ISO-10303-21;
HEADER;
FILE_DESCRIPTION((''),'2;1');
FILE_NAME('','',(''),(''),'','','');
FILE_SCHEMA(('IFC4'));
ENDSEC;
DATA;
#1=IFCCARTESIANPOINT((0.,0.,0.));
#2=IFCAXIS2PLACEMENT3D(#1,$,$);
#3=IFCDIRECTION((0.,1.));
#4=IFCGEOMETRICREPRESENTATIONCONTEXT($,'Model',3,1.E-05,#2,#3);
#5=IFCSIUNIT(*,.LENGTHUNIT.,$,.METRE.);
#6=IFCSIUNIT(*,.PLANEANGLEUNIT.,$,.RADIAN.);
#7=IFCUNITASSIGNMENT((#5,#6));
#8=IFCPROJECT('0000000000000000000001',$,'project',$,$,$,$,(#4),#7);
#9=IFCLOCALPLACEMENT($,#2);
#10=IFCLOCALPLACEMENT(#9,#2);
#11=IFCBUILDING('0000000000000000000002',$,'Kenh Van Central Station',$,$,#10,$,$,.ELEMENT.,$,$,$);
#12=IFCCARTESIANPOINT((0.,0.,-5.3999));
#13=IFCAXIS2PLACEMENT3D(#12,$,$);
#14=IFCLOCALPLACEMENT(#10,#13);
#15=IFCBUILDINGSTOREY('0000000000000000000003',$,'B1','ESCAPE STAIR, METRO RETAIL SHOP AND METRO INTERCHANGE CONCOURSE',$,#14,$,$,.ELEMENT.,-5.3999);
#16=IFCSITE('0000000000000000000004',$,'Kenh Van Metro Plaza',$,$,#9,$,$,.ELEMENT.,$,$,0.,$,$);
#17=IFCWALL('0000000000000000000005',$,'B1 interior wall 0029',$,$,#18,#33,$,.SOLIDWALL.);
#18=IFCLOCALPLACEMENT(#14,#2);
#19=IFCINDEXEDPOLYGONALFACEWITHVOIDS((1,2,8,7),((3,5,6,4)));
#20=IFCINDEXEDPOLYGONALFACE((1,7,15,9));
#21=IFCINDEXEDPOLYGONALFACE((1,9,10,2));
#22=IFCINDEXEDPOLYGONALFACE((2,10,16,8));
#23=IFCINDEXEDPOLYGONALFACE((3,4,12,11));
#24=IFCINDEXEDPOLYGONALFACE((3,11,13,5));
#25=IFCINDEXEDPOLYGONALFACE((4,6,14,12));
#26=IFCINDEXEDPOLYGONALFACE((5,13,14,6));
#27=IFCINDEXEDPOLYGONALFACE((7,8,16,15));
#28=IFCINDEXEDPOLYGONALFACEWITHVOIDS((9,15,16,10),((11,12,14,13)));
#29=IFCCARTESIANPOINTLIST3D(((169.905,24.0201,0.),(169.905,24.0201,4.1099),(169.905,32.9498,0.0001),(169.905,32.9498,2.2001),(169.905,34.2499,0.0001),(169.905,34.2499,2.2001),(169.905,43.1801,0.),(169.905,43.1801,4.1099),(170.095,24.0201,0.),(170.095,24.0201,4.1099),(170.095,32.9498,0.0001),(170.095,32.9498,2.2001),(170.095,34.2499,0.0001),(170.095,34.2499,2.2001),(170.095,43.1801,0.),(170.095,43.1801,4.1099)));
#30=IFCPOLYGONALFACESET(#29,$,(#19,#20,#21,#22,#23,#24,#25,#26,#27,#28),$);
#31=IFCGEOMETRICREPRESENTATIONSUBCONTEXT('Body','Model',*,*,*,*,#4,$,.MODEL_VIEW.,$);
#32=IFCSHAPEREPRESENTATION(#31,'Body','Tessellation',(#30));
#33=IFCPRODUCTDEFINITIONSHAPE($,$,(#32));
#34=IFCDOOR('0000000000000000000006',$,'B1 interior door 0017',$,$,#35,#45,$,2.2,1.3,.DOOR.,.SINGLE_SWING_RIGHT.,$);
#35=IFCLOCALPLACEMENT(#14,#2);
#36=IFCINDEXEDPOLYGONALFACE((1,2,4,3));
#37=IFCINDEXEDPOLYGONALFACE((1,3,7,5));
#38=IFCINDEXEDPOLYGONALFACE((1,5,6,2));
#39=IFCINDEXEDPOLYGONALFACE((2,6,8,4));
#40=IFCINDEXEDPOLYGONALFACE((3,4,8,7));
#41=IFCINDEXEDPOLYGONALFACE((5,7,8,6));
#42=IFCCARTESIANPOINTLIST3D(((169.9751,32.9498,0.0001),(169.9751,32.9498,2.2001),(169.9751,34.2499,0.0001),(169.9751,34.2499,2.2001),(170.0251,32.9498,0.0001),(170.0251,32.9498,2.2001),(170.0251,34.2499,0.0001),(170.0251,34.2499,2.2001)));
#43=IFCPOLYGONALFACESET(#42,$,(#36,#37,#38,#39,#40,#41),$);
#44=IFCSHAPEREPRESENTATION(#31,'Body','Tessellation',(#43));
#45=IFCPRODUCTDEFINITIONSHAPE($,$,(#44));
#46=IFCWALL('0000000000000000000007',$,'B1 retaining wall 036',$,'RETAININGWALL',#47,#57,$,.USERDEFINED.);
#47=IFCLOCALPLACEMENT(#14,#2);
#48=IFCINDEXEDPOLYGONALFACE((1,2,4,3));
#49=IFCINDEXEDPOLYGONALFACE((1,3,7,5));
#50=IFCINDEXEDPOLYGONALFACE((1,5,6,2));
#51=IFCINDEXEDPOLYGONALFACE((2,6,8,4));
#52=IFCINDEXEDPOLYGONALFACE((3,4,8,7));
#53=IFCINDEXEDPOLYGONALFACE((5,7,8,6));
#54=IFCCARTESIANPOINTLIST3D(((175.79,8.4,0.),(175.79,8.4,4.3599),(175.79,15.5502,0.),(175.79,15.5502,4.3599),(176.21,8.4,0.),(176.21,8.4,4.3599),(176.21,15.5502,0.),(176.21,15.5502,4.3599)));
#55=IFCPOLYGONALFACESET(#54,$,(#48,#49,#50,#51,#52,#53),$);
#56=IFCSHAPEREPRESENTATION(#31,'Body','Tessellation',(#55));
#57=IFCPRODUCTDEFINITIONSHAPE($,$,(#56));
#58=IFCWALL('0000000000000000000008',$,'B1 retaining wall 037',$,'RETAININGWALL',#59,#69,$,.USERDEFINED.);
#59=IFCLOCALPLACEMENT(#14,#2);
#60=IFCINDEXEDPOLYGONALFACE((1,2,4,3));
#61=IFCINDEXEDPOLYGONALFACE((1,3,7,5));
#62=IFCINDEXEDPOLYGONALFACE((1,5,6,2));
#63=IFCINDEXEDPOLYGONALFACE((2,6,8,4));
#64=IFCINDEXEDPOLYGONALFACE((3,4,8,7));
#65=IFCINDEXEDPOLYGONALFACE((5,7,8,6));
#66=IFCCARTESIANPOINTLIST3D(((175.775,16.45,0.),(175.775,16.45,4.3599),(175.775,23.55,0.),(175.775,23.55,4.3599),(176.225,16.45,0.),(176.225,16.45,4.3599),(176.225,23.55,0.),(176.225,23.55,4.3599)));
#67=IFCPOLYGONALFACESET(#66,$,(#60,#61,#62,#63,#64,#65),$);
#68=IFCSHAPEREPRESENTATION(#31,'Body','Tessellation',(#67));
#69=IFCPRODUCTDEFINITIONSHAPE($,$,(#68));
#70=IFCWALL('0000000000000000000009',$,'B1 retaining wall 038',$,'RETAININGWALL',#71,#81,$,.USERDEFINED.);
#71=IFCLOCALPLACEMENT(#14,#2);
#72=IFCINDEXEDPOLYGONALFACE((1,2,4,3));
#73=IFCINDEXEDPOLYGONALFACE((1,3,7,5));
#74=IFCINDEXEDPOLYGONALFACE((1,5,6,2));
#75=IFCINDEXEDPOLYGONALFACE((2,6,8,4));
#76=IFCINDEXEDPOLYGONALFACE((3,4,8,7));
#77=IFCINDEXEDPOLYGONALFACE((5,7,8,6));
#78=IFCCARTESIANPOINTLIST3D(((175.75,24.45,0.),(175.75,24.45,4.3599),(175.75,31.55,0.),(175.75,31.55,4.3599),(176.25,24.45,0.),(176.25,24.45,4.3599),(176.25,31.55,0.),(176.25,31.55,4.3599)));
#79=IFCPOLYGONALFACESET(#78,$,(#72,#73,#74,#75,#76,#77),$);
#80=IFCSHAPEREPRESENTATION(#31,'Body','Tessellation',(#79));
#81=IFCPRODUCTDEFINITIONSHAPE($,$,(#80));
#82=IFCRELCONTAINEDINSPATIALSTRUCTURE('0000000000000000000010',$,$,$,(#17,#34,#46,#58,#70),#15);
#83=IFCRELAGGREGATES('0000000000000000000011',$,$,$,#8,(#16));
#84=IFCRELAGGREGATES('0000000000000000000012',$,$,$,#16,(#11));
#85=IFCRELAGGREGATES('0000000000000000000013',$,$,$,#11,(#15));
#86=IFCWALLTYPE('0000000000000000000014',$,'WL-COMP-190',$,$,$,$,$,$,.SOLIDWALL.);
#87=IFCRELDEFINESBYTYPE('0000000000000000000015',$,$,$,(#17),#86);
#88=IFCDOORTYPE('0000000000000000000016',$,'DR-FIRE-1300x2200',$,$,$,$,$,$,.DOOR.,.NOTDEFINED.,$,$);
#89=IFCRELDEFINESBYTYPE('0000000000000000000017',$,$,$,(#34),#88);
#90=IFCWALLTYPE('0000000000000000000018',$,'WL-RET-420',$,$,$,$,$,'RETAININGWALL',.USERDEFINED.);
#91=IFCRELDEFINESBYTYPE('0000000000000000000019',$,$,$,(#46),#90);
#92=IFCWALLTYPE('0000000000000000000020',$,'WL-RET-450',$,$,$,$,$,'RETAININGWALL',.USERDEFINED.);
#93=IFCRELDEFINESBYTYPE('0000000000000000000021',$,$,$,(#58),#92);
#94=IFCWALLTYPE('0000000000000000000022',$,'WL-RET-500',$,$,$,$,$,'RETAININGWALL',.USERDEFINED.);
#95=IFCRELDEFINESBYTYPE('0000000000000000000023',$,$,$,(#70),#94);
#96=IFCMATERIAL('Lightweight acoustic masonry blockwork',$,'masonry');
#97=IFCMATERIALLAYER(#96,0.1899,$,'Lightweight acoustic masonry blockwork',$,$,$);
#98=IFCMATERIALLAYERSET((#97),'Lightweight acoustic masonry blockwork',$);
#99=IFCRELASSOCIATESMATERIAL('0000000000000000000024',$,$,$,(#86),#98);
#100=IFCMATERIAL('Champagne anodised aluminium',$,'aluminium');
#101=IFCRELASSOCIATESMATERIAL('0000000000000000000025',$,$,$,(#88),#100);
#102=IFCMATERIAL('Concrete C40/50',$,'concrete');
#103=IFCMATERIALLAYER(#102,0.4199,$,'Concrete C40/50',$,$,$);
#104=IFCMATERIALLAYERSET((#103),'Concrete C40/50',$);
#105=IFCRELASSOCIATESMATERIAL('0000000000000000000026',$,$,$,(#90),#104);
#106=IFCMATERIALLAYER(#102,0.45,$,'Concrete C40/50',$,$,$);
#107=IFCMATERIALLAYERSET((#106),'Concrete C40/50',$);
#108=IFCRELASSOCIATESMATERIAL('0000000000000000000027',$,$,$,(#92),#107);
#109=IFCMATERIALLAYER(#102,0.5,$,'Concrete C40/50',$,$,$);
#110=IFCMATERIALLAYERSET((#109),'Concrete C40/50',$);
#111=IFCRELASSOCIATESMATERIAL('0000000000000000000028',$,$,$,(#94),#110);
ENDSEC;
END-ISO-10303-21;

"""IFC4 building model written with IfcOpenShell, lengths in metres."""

from ifc_helpers import new_model, si_unit, direction, frame, frame_2d, origin, place, context, subcontext, project, spatial, rectangle, extrude, material, layer, layer_set, type_object, element, fill, save


model = new_model("IFC4")

# Units and contexts
model_context = context("Model", 3, precision=1e-05, world=origin(), true_north=direction((0.0, 1.0)))
body_context = subcontext(model_context, "Body", "Model", "MODEL_VIEW")
ifc_project = project(units=[si_unit("LENGTHUNIT", "METRE"), si_unit("PLANEANGLEUNIT", "RADIAN")], contexts=[model_context])

# Site, building, storey
site_placement = place(None, origin())
site = spatial("IfcSite", under=ifc_project, at=site_placement, Name="Kenh Van Metro Plaza", CompositionType="ELEMENT", RefElevation=0.0)
building_placement = place(site_placement, origin())
building = spatial("IfcBuilding", under=site, at=building_placement, Name="Kenh Van Central Station", CompositionType="ELEMENT")
storey_placement = place(building_placement, frame((0.0, 0.0, -5.3999)))
storey = spatial("IfcBuildingStorey", under=building, at=storey_placement, Name="B1", Description="ESCAPE STAIR, METRO RETAIL SHOP AND METRO INTERCHANGE CONCOURSE", CompositionType="ELEMENT", Elevation=-5.3999)

# Shared definitions
ifc_material_1 = material(Name="Concrete C40/50", Category="concrete")

# Wall, opening, door
ifc_material_2 = material(Name="Lightweight acoustic masonry blockwork", Category="masonry")
ifc_layer_1 = layer(ifc_material_2, 0.1899, Name="Lightweight acoustic masonry blockwork")
ifc_layer_set_1 = layer_set([ifc_layer_1], Name="Lightweight acoustic masonry blockwork")
wall_type_1 = type_object("IfcWallType", Name="WL-COMP-190", PredefinedType="SOLIDWALL", material=ifc_layer_set_1)
wall_1_placement = place(storey_placement, frame((170.0, 24.02, 0.0), z_axis=(0.0, 0.0, 1.0), x_axis=(0.0, 1.0, 0.0)))
wall_1 = element("IfcWall", 1, at=wall_1_placement, inside=storey, type_object=wall_type_1, Name="B1 interior wall 0029", PredefinedType="SOLIDWALL", context=body_context, shape_type="SweptSolid", body=[
    extrude(rectangle(XDim=19.1599, YDim=0.1899, at=frame_2d((9.5801, 0.0))), origin(), (0.0, 0.0, 1.0), 4.1099),
])
opening_placement = place(wall_1_placement, frame((8.9299, 0.0, 0.0)))
opening = element("IfcOpeningElement", 2, at=opening_placement, cuts=wall_1, PredefinedType="OPENING", context=body_context, shape_type="SweptSolid", body=[
    extrude(rectangle(XDim=1.3, YDim=2.2, at=frame_2d((0.6499, 1.1001))), frame((0.0, 0.105, 0.0), z_axis=(0.0, -1.0, 0.0), x_axis=(1.0, 0.0, 0.0)), (0.0, 0.0, 1.0), 0.21),
])
ifc_material_3 = material(Name="Champagne anodised aluminium", Category="aluminium")
door_type = type_object("IfcDoorType", Name="DR-FIRE-1300x2200", OperationType="NOTDEFINED", PredefinedType="DOOR", material=ifc_material_3)
door_placement = place(opening_placement, origin())
door = element("IfcDoor", 3, at=door_placement, inside=storey, type_object=door_type, Name="B1 interior door 0017", OperationType="SINGLE_SWING_RIGHT", OverallHeight=2.2, OverallWidth=1.3, PredefinedType="DOOR", context=body_context, shape_type="SweptSolid", body=[
    extrude(rectangle(XDim=1.3, YDim=2.2, at=frame_2d((0.6499, 1.1001))), frame((0.0, 0.0249, 0.0), z_axis=(0.0, -1.0, 0.0), x_axis=(1.0, 0.0, 0.0)), (0.0, 0.0, 1.0), 0.05),
])
fill(opening, door)

# Walls
ifc_layer_2 = layer(ifc_material_1, 0.4199, Name="Concrete C40/50")
ifc_layer_set_2 = layer_set([ifc_layer_2], Name="Concrete C40/50")
wall_type_2 = type_object("IfcWallType", Name="WL-RET-420", ElementType="RETAININGWALL", PredefinedType="USERDEFINED", material=ifc_layer_set_2)
wall_2_placement = place(storey_placement, frame((176.0, 8.3999, 0.0), z_axis=(0.0, 0.0, 1.0), x_axis=(0.0, 1.0, 0.0)))
element("IfcWall", 4, at=wall_2_placement, inside=storey, type_object=wall_type_2, Name="B1 retaining wall 036", ObjectType="RETAININGWALL", PredefinedType="USERDEFINED", context=body_context, shape_type="SweptSolid", body=[
    extrude(rectangle(XDim=7.1501, YDim=0.4199, at=frame_2d((3.5752, 0.0))), origin(), (0.0, 0.0, 1.0), 4.3599),
])
ifc_layer_3 = layer(ifc_material_1, 0.45, Name="Concrete C40/50")
ifc_layer_set_3 = layer_set([ifc_layer_3], Name="Concrete C40/50")
wall_type_3 = type_object("IfcWallType", Name="WL-RET-450", ElementType="RETAININGWALL", PredefinedType="USERDEFINED", material=ifc_layer_set_3)
wall_3_placement = place(storey_placement, frame((176.0, 16.45, 0.0), z_axis=(0.0, 0.0, 1.0), x_axis=(0.0, 1.0, 0.0)))
element("IfcWall", 5, at=wall_3_placement, inside=storey, type_object=wall_type_3, Name="B1 retaining wall 037", ObjectType="RETAININGWALL", PredefinedType="USERDEFINED", context=body_context, shape_type="SweptSolid", body=[
    extrude(rectangle(XDim=7.1001, YDim=0.45, at=frame_2d((3.55, 0.0))), origin(), (0.0, 0.0, 1.0), 4.3599),
])
ifc_layer_4 = layer(ifc_material_1, 0.5, Name="Concrete C40/50")
ifc_layer_set_4 = layer_set([ifc_layer_4], Name="Concrete C40/50")
wall_type_4 = type_object("IfcWallType", Name="WL-RET-500", ElementType="RETAININGWALL", PredefinedType="USERDEFINED", material=ifc_layer_set_4)
wall_4_placement = place(storey_placement, frame((176.0, 24.45, 0.0), z_axis=(0.0, 0.0, 1.0), x_axis=(0.0, 1.0, 0.0)))
element("IfcWall", 6, at=wall_4_placement, inside=storey, type_object=wall_type_4, Name="B1 retaining wall 038", ObjectType="RETAININGWALL", PredefinedType="USERDEFINED", context=body_context, shape_type="SweptSolid", body=[
    extrude(rectangle(XDim=7.1001, YDim=0.5, at=frame_2d((3.55, 0.0))), origin(), (0.0, 0.0, 1.0), 4.3599),
])

save(model, "model.ifc")
